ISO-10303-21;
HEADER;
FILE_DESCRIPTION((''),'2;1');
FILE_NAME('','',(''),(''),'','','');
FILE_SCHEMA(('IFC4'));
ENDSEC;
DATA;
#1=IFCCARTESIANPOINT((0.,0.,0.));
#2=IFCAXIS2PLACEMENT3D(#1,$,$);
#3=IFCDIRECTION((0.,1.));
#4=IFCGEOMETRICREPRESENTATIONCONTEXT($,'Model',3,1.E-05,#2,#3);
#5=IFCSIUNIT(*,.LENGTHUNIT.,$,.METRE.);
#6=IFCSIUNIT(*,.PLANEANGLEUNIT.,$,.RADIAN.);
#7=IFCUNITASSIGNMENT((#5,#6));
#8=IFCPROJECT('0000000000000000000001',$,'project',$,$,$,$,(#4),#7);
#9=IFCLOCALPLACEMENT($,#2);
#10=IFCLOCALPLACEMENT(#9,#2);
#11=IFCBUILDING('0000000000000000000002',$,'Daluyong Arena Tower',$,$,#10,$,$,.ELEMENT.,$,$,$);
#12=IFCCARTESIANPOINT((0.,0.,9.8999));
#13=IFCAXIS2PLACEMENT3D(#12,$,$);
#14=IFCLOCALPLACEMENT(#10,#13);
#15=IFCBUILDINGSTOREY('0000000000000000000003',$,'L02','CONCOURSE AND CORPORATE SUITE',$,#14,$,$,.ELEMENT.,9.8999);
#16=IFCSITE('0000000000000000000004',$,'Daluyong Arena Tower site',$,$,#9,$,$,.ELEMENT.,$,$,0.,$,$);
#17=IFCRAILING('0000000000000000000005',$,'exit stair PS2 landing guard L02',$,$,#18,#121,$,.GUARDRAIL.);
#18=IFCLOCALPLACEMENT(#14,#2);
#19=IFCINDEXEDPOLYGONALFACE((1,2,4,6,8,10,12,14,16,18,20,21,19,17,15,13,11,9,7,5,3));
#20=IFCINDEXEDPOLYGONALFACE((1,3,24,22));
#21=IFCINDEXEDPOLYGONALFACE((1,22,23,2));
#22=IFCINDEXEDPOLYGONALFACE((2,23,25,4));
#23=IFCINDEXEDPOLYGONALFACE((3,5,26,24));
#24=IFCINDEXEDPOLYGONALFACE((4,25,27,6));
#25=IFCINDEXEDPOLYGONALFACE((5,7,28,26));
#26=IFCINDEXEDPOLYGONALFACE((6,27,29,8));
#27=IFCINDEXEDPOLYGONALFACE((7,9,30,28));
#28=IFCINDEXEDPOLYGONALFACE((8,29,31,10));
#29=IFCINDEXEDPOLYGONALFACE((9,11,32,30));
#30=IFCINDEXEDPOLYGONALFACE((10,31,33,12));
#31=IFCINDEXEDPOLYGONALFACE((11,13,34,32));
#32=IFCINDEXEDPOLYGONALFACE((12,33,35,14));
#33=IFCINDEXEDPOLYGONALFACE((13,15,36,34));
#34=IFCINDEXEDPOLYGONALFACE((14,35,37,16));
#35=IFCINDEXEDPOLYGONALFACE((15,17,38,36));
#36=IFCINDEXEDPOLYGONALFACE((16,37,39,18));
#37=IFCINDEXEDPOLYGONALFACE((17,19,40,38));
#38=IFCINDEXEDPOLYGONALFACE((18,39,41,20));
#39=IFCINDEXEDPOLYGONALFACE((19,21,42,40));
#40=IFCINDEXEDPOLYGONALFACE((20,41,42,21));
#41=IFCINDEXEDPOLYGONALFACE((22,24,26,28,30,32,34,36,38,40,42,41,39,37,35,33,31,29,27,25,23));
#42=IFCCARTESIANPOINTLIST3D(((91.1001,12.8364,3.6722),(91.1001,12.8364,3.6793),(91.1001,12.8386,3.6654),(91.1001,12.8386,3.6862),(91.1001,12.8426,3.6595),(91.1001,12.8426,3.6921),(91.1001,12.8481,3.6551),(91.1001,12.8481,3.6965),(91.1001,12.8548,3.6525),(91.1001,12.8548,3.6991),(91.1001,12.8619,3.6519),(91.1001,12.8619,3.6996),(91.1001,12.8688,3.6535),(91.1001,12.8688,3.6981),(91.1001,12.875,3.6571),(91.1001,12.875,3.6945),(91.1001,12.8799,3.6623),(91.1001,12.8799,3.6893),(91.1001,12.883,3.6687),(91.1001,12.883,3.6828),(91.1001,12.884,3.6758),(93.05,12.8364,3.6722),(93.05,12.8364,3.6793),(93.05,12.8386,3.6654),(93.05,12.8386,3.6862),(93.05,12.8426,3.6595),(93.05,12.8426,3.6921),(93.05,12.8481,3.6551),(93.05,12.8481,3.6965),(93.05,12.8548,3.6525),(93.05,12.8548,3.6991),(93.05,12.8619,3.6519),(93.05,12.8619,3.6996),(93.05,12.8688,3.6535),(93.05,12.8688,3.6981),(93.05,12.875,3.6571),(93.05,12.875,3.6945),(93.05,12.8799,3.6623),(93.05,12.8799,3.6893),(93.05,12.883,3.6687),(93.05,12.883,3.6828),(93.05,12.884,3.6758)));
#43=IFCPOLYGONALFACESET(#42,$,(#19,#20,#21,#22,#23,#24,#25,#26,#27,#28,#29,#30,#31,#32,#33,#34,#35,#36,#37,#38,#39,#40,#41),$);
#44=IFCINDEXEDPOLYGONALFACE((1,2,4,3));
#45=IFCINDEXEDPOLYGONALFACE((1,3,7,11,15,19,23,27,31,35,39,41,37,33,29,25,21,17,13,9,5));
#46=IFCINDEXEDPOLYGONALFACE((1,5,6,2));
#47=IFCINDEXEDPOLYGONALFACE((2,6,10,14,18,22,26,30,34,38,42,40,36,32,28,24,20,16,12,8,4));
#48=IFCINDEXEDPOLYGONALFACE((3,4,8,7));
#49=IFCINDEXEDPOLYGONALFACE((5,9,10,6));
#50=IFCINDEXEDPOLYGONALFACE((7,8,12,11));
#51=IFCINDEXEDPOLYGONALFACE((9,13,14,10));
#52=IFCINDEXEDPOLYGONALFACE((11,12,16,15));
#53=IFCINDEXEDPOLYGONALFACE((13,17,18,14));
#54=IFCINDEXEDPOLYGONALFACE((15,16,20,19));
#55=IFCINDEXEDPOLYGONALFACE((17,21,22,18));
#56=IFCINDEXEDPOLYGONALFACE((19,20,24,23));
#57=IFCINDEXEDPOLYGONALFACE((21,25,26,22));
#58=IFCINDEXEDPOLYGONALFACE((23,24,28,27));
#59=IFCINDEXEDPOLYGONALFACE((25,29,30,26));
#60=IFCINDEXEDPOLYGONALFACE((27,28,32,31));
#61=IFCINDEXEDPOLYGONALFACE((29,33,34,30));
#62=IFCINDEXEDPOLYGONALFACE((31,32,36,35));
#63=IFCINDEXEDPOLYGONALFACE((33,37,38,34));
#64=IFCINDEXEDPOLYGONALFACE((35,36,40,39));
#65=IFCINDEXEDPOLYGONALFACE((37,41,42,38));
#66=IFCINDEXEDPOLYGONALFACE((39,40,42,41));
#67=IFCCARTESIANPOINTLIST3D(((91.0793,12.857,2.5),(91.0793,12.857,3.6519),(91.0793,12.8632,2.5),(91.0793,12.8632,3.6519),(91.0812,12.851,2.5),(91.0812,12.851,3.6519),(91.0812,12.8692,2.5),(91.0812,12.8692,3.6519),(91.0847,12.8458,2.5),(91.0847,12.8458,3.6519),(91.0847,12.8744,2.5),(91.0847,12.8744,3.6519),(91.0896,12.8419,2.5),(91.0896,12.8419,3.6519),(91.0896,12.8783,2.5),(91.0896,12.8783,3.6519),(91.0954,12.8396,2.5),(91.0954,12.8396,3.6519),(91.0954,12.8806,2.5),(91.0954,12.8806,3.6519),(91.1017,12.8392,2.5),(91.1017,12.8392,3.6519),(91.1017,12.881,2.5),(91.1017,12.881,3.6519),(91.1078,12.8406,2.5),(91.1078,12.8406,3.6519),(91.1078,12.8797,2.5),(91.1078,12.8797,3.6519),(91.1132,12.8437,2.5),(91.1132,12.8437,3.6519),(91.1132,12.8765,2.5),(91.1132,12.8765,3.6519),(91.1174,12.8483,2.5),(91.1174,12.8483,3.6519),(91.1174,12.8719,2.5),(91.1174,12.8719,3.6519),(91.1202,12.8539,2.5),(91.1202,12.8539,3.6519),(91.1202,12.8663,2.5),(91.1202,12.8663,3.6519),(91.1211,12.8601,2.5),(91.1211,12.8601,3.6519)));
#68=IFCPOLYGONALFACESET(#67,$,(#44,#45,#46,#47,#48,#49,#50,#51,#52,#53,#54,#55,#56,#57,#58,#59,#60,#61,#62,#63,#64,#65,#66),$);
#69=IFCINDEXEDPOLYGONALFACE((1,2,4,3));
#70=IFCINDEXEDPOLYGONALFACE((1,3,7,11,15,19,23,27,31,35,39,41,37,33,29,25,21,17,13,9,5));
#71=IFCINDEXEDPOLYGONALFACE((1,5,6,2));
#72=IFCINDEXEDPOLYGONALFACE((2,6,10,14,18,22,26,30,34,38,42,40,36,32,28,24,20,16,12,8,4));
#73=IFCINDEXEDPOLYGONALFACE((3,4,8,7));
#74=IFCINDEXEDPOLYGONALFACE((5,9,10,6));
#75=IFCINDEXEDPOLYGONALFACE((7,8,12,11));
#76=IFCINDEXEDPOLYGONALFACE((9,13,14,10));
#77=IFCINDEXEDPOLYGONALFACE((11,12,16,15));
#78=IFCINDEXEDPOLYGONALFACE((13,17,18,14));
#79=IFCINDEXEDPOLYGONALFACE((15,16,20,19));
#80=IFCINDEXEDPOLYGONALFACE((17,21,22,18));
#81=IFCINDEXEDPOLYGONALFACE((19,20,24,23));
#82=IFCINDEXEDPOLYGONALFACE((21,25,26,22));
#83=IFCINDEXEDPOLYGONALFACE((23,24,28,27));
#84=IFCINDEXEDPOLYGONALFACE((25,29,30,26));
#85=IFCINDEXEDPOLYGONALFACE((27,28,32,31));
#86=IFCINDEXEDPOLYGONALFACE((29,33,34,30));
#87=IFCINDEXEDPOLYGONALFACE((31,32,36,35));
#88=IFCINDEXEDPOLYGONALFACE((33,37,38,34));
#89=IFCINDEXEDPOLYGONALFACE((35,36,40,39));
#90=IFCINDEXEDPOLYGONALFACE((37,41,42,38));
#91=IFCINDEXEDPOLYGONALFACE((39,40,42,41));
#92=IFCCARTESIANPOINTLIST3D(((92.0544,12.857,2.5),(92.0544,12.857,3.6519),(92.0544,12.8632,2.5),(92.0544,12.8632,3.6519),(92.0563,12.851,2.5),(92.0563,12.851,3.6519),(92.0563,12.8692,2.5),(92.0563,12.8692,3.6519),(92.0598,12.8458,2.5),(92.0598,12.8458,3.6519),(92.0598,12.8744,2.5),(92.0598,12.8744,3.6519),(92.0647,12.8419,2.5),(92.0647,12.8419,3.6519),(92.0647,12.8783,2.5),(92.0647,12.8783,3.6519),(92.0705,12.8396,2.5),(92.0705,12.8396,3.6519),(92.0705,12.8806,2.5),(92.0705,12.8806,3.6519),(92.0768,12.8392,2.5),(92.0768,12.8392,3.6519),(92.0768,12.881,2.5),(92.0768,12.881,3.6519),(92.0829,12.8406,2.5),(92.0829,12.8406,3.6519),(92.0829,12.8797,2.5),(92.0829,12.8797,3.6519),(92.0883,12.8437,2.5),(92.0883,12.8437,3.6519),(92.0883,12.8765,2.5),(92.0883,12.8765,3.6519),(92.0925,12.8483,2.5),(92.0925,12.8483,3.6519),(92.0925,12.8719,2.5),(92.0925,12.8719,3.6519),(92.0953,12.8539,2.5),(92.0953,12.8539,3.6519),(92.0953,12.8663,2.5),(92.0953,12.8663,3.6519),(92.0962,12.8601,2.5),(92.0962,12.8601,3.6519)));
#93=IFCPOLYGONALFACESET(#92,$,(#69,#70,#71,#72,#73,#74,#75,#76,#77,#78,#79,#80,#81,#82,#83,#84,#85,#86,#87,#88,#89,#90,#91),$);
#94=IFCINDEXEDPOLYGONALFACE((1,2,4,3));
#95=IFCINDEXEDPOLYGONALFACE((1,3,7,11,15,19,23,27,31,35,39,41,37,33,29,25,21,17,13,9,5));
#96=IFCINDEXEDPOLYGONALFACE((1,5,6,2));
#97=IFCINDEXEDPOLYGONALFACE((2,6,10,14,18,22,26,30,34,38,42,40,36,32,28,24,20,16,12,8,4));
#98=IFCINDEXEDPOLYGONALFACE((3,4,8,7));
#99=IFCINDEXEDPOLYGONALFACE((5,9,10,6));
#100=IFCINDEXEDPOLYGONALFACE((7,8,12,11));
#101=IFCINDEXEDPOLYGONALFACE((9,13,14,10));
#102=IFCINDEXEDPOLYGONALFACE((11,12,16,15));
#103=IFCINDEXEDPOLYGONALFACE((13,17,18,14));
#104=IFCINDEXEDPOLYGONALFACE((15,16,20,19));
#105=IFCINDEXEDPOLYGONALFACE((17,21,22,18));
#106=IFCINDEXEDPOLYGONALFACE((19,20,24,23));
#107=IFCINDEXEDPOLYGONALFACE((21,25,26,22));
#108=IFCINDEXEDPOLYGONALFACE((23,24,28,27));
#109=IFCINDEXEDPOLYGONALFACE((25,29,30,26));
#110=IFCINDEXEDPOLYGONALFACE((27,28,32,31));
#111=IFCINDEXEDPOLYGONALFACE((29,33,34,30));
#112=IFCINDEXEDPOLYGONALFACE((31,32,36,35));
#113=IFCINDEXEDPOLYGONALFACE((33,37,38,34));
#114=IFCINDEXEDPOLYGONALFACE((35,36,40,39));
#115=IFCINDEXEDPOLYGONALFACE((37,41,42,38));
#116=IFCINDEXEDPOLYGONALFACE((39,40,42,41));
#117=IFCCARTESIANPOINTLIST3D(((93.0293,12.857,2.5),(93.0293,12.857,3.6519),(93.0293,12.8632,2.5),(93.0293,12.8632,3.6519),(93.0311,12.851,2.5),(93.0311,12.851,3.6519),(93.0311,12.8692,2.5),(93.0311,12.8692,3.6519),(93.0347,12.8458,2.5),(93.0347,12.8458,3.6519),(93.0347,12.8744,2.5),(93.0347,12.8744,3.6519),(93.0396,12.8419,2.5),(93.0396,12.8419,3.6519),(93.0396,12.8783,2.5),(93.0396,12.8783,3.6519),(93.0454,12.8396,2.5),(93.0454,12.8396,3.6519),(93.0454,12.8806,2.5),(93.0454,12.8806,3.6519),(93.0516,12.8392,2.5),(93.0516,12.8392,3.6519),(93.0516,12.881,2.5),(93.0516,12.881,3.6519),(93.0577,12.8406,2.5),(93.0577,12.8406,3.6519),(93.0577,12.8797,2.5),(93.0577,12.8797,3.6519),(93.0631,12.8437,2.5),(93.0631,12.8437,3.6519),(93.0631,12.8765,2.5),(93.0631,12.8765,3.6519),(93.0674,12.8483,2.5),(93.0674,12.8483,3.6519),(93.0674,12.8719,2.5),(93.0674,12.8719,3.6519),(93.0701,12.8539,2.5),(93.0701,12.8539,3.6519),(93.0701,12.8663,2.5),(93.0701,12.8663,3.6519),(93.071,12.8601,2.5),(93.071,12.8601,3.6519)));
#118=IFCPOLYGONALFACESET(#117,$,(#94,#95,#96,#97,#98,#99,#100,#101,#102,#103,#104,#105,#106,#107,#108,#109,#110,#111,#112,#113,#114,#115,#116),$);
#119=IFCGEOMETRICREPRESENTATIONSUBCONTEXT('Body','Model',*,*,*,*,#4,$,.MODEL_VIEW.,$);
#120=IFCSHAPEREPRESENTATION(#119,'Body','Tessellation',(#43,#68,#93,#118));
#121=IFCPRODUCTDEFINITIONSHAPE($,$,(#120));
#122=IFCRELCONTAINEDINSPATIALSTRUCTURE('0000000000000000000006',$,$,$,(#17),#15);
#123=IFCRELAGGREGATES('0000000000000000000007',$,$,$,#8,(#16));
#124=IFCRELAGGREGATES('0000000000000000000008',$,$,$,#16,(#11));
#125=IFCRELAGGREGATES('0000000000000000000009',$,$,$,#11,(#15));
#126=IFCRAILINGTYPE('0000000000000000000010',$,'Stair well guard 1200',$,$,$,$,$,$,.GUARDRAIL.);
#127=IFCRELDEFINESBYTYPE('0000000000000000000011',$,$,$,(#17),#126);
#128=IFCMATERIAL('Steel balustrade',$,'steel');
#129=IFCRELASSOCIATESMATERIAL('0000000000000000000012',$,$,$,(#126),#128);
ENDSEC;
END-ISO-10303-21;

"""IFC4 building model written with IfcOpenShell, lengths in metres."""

from ifc_helpers import new_model, si_unit, direction, frame, origin, origin_2d, place, context, subcontext, project, spatial, circle, extrude, material, type_object, element, save


model = new_model("IFC4")

# Units and contexts
model_context = context("Model", 3, precision=1e-05, world=origin(), true_north=direction((0.0, 1.0)))
body_context = subcontext(model_context, "Body", "Model", "MODEL_VIEW")
ifc_project = project(units=[si_unit("LENGTHUNIT", "METRE"), si_unit("PLANEANGLEUNIT", "RADIAN")], contexts=[model_context])

# Site, building, storey
site_placement = place(None, origin())
site = spatial("IfcSite", under=ifc_project, at=site_placement, Name="Daluyong Arena Tower site", CompositionType="ELEMENT", RefElevation=0.0)
building_placement = place(site_placement, origin())
building = spatial("IfcBuilding", under=site, at=building_placement, Name="Daluyong Arena Tower", CompositionType="ELEMENT")
storey_placement = place(building_placement, frame((0.0, 0.0, 9.8999)))
storey = spatial("IfcBuildingStorey", under=building, at=storey_placement, Name="L02", Description="CONCOURSE AND CORPORATE SUITE", CompositionType="ELEMENT", Elevation=9.8999)

# Railing
ifc_material_1 = material(Name="Steel balustrade", Category="steel")
railing_type_1 = type_object("IfcRailingType", Name="Stair well guard 1200", PredefinedType="GUARDRAIL", material=ifc_material_1)
railing_1_placement = place(storey_placement, frame((91.1001, 12.8601, 2.5)))
element("IfcRailing", 1, at=railing_1_placement, inside=storey, type_object=railing_type_1, Name="exit stair PS2 landing guard L02", PredefinedType="GUARDRAIL", context=body_context, shape_type="SweptSolid", body=[
    extrude(circle(Radius=0.0239, at=origin_2d()), frame((0.0, 0.0, 1.1758), z_axis=(1.0, 0.0, 0.0), x_axis=(0.0, 1.0, 0.0)), (0.0, 0.0, 1.0), 1.95),
    extrude(circle(Radius=0.021, at=origin_2d()), origin(), (0.0, 0.0, 1.0), 1.1519),
    extrude(circle(Radius=0.021, at=origin_2d()), frame((0.9751, 0.0, 0.0)), (0.0, 0.0, 1.0), 1.1519),
    extrude(circle(Radius=0.021, at=origin_2d()), frame((1.95, 0.0, 0.0)), (0.0, 0.0, 1.0), 1.1519),
])

save(model, "model.ifc")
